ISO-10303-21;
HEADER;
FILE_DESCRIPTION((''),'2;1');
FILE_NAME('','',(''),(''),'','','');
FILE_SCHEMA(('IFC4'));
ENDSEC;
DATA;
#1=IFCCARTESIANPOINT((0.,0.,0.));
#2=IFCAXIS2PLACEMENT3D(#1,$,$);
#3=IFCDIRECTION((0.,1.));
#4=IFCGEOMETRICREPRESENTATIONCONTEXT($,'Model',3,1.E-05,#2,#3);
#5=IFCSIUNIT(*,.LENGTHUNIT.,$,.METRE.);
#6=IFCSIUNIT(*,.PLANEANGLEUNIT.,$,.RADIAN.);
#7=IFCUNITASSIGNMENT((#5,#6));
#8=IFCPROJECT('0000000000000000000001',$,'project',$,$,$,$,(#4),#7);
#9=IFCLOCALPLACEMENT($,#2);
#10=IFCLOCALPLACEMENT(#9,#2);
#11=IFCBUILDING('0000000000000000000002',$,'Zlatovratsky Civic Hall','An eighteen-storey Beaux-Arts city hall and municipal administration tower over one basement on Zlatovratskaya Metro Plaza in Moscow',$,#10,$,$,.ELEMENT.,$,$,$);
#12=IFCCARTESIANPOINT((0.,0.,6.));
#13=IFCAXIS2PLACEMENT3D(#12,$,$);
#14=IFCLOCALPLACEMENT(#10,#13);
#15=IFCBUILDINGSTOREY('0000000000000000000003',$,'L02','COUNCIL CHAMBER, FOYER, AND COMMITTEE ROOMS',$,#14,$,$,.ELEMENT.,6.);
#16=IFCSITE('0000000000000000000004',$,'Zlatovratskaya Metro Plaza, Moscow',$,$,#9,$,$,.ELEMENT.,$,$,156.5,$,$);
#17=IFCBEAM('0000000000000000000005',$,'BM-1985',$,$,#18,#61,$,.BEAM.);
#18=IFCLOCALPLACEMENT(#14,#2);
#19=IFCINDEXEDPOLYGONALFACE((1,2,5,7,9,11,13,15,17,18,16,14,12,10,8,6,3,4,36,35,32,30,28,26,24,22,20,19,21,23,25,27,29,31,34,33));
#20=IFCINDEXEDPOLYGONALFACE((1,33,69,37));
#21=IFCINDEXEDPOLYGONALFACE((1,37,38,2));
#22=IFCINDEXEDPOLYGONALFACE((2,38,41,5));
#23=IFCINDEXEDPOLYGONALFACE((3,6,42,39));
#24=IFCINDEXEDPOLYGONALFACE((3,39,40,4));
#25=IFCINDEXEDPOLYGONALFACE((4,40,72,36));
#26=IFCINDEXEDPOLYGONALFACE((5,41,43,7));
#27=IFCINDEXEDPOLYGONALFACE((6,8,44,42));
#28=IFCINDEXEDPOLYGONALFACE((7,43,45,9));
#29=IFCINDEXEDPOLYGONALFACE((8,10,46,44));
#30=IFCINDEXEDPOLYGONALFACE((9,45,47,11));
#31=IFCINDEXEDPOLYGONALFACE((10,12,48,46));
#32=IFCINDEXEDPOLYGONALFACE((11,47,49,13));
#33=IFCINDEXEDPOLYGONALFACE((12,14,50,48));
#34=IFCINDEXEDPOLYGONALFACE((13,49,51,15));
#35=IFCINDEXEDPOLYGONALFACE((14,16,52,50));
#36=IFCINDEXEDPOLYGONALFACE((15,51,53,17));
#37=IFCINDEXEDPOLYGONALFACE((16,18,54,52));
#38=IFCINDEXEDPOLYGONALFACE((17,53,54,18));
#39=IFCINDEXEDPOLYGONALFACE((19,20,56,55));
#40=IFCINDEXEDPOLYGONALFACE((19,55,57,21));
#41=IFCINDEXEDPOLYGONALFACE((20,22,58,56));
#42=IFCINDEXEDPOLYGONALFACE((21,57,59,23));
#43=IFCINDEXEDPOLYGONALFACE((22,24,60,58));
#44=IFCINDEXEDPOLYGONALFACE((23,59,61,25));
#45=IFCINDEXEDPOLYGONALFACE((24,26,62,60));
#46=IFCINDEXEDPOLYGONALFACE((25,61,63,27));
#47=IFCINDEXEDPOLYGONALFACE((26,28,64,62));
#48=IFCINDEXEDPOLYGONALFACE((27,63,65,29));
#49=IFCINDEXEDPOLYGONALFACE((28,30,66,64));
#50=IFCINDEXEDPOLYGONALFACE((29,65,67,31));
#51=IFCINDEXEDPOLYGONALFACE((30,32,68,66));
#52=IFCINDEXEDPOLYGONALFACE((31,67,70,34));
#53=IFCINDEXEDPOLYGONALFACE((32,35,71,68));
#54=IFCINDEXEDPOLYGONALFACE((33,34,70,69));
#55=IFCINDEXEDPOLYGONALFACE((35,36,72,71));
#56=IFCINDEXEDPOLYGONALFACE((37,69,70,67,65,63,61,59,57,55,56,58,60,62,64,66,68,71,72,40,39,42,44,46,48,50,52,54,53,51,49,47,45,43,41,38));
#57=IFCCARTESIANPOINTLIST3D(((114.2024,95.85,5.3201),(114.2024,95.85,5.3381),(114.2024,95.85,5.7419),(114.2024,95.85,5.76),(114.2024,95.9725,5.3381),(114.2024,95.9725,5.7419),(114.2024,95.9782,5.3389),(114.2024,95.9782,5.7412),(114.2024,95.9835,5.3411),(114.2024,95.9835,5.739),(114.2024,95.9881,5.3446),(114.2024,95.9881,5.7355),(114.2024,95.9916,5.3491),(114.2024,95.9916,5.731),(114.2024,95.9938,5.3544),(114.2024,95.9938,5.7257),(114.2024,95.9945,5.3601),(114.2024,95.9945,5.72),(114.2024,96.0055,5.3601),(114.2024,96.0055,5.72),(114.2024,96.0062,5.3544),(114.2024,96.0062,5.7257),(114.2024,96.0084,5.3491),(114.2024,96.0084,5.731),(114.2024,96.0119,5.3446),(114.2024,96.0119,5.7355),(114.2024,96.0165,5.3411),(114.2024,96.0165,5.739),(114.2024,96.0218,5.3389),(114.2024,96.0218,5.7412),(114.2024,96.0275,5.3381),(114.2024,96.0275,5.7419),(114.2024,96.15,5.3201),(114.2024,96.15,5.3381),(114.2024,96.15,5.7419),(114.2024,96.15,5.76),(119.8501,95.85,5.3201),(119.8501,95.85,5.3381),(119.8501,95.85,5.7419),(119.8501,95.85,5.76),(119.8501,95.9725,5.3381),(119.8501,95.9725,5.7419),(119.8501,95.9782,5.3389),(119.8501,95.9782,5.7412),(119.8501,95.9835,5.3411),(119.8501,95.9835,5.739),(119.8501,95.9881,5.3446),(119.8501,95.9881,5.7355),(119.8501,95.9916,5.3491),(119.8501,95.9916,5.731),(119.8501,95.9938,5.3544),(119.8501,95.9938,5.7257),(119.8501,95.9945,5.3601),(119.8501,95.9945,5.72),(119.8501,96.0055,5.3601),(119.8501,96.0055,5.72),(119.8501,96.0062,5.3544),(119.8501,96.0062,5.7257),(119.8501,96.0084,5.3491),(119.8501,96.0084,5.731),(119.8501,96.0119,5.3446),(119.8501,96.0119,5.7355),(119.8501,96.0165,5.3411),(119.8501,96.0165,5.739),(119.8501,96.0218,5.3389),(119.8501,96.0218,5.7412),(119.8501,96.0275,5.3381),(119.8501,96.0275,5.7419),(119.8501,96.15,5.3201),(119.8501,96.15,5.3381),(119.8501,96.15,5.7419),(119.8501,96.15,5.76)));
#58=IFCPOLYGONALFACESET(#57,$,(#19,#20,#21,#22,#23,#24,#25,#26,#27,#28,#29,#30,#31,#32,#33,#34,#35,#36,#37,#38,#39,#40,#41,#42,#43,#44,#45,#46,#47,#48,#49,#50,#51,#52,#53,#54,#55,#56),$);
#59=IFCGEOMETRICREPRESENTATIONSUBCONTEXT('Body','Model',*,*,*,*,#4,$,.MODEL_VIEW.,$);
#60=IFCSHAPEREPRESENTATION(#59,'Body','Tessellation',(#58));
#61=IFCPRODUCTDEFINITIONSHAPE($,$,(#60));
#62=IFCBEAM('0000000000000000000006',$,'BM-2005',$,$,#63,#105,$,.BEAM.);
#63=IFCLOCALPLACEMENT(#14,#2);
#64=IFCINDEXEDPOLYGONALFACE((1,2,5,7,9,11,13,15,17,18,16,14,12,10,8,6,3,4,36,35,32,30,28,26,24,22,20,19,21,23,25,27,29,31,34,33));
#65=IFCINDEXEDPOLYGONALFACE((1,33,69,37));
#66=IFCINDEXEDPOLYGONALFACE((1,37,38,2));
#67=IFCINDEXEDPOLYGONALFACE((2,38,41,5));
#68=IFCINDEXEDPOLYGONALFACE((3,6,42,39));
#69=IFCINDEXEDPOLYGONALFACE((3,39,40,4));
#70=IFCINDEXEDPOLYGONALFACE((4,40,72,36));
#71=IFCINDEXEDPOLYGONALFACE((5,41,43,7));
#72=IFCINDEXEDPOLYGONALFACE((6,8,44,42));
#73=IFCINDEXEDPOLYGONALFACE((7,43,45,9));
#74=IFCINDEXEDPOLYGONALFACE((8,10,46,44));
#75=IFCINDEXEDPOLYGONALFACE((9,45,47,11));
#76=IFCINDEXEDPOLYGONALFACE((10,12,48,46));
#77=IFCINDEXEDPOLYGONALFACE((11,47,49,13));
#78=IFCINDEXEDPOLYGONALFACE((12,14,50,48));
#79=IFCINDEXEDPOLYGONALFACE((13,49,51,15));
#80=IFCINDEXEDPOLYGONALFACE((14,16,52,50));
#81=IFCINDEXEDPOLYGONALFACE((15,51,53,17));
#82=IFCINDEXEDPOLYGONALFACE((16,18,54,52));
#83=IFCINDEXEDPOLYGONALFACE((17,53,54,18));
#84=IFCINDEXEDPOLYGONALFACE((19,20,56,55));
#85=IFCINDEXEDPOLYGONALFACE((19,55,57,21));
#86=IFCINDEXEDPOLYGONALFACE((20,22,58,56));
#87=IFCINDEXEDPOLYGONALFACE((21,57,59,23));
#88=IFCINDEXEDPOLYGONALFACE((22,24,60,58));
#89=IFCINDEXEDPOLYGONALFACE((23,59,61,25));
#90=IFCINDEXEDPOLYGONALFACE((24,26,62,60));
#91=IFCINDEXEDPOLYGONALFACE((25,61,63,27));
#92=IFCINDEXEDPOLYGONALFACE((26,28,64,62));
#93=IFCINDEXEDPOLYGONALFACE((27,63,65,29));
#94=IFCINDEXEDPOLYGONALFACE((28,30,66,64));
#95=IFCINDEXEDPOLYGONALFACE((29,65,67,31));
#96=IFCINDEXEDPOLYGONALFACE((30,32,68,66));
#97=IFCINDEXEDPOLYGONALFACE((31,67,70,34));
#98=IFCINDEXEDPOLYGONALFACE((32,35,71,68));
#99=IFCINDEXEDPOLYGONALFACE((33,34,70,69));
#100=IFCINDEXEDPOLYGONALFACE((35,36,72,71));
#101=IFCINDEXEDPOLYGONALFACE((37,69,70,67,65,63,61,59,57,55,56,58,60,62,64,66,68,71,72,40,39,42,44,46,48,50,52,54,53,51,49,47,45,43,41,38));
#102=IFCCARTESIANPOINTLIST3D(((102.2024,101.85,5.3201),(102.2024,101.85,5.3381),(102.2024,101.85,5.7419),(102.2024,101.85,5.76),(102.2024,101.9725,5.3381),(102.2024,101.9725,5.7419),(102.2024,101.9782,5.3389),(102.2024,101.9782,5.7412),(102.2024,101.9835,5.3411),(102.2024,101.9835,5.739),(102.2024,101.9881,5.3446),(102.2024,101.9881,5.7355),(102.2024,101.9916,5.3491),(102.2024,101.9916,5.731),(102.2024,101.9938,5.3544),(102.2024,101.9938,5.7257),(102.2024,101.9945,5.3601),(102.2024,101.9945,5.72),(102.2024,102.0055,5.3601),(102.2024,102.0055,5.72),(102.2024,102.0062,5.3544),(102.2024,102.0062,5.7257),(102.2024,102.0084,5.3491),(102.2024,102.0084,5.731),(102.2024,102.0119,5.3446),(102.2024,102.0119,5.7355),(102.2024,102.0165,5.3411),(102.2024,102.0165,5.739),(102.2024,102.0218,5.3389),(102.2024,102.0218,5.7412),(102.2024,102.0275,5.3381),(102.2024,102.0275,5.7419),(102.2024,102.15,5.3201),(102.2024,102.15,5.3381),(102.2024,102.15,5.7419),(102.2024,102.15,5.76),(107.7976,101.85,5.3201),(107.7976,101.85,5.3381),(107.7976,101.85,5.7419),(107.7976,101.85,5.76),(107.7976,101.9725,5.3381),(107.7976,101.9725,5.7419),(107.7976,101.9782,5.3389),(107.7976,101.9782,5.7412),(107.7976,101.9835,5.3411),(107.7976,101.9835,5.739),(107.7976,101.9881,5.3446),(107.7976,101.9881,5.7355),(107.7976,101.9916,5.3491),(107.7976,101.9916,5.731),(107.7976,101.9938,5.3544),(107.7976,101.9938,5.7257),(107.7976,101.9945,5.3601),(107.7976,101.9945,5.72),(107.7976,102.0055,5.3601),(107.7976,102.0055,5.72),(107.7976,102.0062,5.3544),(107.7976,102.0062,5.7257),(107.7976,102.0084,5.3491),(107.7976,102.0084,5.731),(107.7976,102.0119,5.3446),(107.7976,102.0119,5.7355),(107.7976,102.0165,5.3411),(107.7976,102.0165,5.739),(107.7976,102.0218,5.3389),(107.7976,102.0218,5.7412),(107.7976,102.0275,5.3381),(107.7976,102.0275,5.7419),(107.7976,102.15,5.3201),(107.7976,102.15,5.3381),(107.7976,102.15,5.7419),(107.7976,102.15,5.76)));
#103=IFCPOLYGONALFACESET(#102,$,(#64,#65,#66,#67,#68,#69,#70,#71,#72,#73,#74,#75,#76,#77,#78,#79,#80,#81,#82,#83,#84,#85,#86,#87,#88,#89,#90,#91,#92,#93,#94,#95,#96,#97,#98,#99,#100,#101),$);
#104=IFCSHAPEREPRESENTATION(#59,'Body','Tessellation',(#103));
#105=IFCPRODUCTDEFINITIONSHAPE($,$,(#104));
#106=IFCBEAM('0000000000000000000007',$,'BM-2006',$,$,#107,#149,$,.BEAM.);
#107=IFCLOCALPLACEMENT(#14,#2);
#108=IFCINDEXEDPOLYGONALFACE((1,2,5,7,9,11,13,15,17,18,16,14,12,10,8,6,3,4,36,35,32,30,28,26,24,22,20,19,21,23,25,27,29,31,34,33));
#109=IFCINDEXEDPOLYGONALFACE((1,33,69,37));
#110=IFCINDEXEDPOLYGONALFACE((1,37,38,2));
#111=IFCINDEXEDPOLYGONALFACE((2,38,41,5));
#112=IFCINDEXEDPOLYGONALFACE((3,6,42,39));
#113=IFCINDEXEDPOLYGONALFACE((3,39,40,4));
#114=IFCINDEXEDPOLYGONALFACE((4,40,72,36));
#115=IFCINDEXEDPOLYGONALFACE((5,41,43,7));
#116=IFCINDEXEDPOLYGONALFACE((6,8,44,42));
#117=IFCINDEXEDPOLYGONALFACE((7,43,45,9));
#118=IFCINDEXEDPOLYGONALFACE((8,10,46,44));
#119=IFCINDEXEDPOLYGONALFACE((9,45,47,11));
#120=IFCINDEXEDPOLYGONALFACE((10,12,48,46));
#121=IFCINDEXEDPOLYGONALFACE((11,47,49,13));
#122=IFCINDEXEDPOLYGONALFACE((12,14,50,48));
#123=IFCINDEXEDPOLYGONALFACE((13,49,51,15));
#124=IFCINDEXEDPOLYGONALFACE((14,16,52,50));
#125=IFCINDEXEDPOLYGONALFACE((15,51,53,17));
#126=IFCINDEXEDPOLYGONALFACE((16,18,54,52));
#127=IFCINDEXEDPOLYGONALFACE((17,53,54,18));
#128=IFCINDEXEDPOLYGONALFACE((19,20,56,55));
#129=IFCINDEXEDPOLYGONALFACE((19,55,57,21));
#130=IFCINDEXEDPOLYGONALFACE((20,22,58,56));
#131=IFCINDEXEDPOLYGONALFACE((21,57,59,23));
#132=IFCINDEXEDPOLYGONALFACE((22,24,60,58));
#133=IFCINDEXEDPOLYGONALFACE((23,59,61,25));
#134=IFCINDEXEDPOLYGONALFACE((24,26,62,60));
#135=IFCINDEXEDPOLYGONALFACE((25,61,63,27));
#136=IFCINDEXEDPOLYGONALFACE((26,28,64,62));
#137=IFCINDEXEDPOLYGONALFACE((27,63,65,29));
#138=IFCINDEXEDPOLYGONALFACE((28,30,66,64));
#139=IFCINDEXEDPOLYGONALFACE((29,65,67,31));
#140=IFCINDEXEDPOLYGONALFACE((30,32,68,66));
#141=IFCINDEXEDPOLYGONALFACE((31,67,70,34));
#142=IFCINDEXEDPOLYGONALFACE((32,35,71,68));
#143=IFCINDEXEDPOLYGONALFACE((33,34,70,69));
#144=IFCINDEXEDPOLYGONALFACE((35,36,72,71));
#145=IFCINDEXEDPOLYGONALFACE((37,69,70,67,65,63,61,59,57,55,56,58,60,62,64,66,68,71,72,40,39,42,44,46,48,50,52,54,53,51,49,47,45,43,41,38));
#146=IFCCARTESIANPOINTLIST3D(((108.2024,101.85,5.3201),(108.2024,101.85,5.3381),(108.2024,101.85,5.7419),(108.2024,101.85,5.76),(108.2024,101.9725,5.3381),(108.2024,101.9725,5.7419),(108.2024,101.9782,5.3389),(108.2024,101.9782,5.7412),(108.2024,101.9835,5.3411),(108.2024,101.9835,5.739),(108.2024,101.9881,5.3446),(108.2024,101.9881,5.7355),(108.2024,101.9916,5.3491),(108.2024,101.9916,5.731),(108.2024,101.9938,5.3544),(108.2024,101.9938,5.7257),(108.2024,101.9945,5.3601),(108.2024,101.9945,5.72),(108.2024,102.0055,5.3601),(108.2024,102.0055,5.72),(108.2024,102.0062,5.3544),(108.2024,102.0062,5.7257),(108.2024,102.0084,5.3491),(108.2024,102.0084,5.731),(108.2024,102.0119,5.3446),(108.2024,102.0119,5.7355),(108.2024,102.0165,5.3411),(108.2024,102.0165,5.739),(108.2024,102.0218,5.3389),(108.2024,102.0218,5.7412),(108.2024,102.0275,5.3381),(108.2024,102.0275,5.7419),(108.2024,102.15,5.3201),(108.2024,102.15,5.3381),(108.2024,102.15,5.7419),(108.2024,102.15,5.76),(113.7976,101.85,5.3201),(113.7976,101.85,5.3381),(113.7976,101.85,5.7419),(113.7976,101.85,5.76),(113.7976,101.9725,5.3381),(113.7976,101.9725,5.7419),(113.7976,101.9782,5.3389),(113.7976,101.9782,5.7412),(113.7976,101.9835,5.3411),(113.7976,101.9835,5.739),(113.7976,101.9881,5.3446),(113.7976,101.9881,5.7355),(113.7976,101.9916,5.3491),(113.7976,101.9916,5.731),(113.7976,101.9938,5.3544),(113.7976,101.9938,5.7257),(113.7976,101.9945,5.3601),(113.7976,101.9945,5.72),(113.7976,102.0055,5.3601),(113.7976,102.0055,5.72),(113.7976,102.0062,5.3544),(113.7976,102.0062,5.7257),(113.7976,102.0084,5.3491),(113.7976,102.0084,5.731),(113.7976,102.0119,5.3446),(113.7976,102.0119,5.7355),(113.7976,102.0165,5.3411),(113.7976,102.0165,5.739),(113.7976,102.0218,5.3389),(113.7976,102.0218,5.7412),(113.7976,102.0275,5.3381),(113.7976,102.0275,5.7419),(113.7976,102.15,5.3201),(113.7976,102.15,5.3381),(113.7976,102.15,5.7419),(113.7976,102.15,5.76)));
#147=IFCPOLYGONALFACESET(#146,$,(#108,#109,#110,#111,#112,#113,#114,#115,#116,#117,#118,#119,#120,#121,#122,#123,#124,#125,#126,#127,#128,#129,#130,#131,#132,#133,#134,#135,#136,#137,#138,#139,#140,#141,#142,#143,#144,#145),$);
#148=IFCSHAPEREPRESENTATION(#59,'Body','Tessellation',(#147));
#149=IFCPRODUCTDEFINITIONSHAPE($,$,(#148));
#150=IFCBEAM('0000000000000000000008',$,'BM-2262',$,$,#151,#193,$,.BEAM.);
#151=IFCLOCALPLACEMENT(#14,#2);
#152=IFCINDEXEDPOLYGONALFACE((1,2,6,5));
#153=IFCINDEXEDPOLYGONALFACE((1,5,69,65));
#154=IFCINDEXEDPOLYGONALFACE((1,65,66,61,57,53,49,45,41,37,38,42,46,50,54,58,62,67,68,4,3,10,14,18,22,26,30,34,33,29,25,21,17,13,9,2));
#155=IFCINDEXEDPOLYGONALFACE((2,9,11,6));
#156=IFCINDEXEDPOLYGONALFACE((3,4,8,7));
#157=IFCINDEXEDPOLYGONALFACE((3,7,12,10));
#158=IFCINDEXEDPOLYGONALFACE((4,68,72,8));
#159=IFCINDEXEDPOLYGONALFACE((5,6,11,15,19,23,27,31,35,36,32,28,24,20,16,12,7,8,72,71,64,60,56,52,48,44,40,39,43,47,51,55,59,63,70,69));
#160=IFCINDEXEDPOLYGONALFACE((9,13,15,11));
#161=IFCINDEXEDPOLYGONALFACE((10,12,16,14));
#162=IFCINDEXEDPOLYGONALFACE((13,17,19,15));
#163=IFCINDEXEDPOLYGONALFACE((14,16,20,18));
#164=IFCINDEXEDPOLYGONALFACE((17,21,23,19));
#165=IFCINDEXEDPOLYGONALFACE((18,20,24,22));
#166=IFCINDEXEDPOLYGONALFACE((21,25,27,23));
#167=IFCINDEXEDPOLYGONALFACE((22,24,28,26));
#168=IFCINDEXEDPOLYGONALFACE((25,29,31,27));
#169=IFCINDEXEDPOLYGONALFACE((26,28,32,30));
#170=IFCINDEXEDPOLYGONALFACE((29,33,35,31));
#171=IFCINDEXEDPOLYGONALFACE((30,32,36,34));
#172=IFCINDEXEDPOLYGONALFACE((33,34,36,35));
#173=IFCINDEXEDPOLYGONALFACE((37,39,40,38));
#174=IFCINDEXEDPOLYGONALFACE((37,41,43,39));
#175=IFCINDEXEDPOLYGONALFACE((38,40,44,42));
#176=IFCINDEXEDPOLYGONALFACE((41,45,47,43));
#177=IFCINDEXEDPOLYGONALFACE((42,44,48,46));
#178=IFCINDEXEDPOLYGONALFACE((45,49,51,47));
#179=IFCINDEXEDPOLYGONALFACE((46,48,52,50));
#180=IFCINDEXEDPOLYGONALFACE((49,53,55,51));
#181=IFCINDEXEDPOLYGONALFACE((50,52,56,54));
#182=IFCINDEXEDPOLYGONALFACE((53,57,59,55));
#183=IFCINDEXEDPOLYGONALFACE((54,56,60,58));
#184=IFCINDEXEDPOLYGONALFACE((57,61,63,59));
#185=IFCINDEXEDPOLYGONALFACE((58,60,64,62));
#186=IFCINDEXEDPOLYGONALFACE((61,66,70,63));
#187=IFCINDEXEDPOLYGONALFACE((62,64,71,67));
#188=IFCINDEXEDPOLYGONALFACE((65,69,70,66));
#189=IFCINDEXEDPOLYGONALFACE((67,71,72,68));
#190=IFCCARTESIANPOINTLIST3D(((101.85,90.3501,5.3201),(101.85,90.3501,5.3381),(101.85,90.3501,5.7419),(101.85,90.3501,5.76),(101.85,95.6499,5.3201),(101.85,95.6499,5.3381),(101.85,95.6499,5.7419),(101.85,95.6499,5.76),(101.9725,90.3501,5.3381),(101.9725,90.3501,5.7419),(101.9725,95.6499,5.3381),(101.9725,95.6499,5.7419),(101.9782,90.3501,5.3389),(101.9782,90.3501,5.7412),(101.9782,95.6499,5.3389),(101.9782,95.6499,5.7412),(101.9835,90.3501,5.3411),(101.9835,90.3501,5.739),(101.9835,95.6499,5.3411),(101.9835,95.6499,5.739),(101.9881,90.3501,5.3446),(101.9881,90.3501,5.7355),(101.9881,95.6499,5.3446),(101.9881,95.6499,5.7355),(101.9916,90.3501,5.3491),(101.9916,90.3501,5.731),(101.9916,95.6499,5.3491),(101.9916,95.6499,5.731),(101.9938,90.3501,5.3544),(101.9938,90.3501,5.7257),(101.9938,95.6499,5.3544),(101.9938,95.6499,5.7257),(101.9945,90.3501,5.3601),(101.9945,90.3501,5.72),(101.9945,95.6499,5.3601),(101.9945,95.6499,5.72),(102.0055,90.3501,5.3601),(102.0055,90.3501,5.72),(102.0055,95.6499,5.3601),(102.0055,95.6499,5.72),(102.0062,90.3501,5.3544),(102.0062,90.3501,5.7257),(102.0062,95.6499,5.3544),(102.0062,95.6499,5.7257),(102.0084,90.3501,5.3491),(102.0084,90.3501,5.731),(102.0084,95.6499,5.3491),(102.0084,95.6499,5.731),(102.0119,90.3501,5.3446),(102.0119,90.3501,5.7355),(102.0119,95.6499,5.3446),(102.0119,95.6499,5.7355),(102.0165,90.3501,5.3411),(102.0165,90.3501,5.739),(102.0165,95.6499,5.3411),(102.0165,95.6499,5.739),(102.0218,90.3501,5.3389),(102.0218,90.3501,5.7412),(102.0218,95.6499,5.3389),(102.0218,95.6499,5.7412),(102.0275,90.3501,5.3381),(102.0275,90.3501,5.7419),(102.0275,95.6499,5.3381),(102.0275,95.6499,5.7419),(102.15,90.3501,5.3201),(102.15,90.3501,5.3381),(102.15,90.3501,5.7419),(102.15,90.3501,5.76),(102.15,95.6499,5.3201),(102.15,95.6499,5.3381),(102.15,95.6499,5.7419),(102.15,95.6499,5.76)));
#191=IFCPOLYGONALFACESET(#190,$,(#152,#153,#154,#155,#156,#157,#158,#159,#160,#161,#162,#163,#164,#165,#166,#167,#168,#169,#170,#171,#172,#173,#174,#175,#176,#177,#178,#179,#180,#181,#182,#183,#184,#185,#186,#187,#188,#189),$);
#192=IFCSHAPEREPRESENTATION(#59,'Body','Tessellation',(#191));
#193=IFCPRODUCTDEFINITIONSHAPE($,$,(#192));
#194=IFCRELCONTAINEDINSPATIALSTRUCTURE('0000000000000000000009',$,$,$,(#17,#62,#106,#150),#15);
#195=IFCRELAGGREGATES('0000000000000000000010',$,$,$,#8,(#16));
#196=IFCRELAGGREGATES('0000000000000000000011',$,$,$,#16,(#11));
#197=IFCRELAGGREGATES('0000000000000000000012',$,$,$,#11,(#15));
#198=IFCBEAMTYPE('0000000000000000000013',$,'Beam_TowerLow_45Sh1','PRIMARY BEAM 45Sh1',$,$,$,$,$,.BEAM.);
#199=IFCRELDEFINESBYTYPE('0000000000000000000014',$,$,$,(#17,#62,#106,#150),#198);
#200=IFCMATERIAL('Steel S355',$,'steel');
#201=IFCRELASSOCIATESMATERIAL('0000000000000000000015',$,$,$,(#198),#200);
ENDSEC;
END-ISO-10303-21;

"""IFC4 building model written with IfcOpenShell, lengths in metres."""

from ifc_helpers import new_model, si_unit, direction, frame, origin, origin_2d, place, context, subcontext, project, spatial, i_section, extrude, material, material_profile, profile_set, type_object, element, save


model = new_model("IFC4")

# Units and contexts
model_context = context("Model", 3, precision=1e-05, world=origin(), true_north=direction((0.0, 1.0)))
body_context = subcontext(model_context, "Body", "Model", "MODEL_VIEW")
ifc_project = project(units=[si_unit("LENGTHUNIT", "METRE"), si_unit("PLANEANGLEUNIT", "RADIAN")], contexts=[model_context])

# Site, building, storey
site_placement = place(None, origin())
site = spatial("IfcSite", under=ifc_project, at=site_placement, Name="Zlatovratskaya Metro Plaza, Moscow", CompositionType="ELEMENT", RefElevation=156.5)
building_placement = place(site_placement, origin())
building = spatial("IfcBuilding", under=site, at=building_placement, Name="Zlatovratsky Civic Hall", Description="An eighteen-storey Beaux-Arts city hall and municipal administration tower over one basement on Zlatovratskaya Metro Plaza in Moscow", CompositionType="ELEMENT")
storey_placement = place(building_placement, frame((0.0, 0.0, 6.0)))
storey = spatial("IfcBuildingStorey", under=building, at=storey_placement, Name="L02", Description="COUNCIL CHAMBER, FOYER, AND COMMITTEE ROOMS", CompositionType="ELEMENT", Elevation=6.0)

# Shared definitions
ifc_material_1 = material(Name="Steel S355", Category="steel")

# Beams
ifc_material_profile_1 = material_profile(ifc_material_1, i_section(OverallWidth=0.3, OverallDepth=0.4399, WebThickness=0.011, FlangeThickness=0.0181, FilletRadius=0.022, at=origin_2d()), Name="45Sh1")
ifc_profile_set_1 = profile_set([ifc_material_profile_1], Name="Steel S355")
beam_type_1 = type_object("IfcBeamType", Name="Beam_TowerLow_45Sh1", Description="PRIMARY BEAM 45Sh1", PredefinedType="BEAM", material=ifc_profile_set_1)
beam_1_placement = place(storey_placement, frame((114.2024, 96.0, 5.54), z_axis=(1.0, 0.0, 0.0), x_axis=(0.0, 1.0, 0.0)))
element("IfcBeam", 1, at=beam_1_placement, inside=storey, type_object=beam_type_1, Name="BM-1985", PredefinedType="BEAM", context=body_context, shape_type="SweptSolid", body=[
    extrude(i_section(OverallWidth=0.3, OverallDepth=0.4399, WebThickness=0.011, FlangeThickness=0.0181, FilletRadius=0.022, at=origin_2d()), origin(), (0.0, 0.0, 1.0), 5.6477),
])
for number, where, z_axis, x_axis, name in (
    (2, (102.2024, 102.0, 5.54), (1.0, 0.0, 0.0), (0.0, 1.0, 0.0), "BM-2005"),
    (3, (108.2024, 102.0, 5.54), (1.0, 0.0, 0.0), (0.0, 1.0, 0.0), "BM-2006"),
):
    element("IfcBeam", number, at=place(storey_placement, frame(where, z_axis=z_axis, x_axis=x_axis)), inside=storey, type_object=beam_type_1, Name=name, PredefinedType="BEAM", context=body_context, shape_type="SweptSolid", body=[
        extrude(i_section(OverallWidth=0.3, OverallDepth=0.4399, WebThickness=0.011, FlangeThickness=0.0181, FilletRadius=0.022, at=origin_2d()), origin(), (0.0, 0.0, 1.0), 5.5952),
    ])
beam_2_placement = place(storey_placement, frame((102.0, 90.3501, 5.54), z_axis=(0.0, 1.0, 0.0), x_axis=(-1.0, 0.0, 0.0)))
element("IfcBeam", 4, at=beam_2_placement, inside=storey, type_object=beam_type_1, Name="BM-2262", PredefinedType="BEAM", context=body_context, shape_type="SweptSolid", body=[
    extrude(i_section(OverallWidth=0.3, OverallDepth=0.4399, WebThickness=0.011, FlangeThickness=0.0181, FilletRadius=0.022, at=origin_2d()), origin(), (0.0, 0.0, 1.0), 5.2998),
])

save(model, "model.ifc")
